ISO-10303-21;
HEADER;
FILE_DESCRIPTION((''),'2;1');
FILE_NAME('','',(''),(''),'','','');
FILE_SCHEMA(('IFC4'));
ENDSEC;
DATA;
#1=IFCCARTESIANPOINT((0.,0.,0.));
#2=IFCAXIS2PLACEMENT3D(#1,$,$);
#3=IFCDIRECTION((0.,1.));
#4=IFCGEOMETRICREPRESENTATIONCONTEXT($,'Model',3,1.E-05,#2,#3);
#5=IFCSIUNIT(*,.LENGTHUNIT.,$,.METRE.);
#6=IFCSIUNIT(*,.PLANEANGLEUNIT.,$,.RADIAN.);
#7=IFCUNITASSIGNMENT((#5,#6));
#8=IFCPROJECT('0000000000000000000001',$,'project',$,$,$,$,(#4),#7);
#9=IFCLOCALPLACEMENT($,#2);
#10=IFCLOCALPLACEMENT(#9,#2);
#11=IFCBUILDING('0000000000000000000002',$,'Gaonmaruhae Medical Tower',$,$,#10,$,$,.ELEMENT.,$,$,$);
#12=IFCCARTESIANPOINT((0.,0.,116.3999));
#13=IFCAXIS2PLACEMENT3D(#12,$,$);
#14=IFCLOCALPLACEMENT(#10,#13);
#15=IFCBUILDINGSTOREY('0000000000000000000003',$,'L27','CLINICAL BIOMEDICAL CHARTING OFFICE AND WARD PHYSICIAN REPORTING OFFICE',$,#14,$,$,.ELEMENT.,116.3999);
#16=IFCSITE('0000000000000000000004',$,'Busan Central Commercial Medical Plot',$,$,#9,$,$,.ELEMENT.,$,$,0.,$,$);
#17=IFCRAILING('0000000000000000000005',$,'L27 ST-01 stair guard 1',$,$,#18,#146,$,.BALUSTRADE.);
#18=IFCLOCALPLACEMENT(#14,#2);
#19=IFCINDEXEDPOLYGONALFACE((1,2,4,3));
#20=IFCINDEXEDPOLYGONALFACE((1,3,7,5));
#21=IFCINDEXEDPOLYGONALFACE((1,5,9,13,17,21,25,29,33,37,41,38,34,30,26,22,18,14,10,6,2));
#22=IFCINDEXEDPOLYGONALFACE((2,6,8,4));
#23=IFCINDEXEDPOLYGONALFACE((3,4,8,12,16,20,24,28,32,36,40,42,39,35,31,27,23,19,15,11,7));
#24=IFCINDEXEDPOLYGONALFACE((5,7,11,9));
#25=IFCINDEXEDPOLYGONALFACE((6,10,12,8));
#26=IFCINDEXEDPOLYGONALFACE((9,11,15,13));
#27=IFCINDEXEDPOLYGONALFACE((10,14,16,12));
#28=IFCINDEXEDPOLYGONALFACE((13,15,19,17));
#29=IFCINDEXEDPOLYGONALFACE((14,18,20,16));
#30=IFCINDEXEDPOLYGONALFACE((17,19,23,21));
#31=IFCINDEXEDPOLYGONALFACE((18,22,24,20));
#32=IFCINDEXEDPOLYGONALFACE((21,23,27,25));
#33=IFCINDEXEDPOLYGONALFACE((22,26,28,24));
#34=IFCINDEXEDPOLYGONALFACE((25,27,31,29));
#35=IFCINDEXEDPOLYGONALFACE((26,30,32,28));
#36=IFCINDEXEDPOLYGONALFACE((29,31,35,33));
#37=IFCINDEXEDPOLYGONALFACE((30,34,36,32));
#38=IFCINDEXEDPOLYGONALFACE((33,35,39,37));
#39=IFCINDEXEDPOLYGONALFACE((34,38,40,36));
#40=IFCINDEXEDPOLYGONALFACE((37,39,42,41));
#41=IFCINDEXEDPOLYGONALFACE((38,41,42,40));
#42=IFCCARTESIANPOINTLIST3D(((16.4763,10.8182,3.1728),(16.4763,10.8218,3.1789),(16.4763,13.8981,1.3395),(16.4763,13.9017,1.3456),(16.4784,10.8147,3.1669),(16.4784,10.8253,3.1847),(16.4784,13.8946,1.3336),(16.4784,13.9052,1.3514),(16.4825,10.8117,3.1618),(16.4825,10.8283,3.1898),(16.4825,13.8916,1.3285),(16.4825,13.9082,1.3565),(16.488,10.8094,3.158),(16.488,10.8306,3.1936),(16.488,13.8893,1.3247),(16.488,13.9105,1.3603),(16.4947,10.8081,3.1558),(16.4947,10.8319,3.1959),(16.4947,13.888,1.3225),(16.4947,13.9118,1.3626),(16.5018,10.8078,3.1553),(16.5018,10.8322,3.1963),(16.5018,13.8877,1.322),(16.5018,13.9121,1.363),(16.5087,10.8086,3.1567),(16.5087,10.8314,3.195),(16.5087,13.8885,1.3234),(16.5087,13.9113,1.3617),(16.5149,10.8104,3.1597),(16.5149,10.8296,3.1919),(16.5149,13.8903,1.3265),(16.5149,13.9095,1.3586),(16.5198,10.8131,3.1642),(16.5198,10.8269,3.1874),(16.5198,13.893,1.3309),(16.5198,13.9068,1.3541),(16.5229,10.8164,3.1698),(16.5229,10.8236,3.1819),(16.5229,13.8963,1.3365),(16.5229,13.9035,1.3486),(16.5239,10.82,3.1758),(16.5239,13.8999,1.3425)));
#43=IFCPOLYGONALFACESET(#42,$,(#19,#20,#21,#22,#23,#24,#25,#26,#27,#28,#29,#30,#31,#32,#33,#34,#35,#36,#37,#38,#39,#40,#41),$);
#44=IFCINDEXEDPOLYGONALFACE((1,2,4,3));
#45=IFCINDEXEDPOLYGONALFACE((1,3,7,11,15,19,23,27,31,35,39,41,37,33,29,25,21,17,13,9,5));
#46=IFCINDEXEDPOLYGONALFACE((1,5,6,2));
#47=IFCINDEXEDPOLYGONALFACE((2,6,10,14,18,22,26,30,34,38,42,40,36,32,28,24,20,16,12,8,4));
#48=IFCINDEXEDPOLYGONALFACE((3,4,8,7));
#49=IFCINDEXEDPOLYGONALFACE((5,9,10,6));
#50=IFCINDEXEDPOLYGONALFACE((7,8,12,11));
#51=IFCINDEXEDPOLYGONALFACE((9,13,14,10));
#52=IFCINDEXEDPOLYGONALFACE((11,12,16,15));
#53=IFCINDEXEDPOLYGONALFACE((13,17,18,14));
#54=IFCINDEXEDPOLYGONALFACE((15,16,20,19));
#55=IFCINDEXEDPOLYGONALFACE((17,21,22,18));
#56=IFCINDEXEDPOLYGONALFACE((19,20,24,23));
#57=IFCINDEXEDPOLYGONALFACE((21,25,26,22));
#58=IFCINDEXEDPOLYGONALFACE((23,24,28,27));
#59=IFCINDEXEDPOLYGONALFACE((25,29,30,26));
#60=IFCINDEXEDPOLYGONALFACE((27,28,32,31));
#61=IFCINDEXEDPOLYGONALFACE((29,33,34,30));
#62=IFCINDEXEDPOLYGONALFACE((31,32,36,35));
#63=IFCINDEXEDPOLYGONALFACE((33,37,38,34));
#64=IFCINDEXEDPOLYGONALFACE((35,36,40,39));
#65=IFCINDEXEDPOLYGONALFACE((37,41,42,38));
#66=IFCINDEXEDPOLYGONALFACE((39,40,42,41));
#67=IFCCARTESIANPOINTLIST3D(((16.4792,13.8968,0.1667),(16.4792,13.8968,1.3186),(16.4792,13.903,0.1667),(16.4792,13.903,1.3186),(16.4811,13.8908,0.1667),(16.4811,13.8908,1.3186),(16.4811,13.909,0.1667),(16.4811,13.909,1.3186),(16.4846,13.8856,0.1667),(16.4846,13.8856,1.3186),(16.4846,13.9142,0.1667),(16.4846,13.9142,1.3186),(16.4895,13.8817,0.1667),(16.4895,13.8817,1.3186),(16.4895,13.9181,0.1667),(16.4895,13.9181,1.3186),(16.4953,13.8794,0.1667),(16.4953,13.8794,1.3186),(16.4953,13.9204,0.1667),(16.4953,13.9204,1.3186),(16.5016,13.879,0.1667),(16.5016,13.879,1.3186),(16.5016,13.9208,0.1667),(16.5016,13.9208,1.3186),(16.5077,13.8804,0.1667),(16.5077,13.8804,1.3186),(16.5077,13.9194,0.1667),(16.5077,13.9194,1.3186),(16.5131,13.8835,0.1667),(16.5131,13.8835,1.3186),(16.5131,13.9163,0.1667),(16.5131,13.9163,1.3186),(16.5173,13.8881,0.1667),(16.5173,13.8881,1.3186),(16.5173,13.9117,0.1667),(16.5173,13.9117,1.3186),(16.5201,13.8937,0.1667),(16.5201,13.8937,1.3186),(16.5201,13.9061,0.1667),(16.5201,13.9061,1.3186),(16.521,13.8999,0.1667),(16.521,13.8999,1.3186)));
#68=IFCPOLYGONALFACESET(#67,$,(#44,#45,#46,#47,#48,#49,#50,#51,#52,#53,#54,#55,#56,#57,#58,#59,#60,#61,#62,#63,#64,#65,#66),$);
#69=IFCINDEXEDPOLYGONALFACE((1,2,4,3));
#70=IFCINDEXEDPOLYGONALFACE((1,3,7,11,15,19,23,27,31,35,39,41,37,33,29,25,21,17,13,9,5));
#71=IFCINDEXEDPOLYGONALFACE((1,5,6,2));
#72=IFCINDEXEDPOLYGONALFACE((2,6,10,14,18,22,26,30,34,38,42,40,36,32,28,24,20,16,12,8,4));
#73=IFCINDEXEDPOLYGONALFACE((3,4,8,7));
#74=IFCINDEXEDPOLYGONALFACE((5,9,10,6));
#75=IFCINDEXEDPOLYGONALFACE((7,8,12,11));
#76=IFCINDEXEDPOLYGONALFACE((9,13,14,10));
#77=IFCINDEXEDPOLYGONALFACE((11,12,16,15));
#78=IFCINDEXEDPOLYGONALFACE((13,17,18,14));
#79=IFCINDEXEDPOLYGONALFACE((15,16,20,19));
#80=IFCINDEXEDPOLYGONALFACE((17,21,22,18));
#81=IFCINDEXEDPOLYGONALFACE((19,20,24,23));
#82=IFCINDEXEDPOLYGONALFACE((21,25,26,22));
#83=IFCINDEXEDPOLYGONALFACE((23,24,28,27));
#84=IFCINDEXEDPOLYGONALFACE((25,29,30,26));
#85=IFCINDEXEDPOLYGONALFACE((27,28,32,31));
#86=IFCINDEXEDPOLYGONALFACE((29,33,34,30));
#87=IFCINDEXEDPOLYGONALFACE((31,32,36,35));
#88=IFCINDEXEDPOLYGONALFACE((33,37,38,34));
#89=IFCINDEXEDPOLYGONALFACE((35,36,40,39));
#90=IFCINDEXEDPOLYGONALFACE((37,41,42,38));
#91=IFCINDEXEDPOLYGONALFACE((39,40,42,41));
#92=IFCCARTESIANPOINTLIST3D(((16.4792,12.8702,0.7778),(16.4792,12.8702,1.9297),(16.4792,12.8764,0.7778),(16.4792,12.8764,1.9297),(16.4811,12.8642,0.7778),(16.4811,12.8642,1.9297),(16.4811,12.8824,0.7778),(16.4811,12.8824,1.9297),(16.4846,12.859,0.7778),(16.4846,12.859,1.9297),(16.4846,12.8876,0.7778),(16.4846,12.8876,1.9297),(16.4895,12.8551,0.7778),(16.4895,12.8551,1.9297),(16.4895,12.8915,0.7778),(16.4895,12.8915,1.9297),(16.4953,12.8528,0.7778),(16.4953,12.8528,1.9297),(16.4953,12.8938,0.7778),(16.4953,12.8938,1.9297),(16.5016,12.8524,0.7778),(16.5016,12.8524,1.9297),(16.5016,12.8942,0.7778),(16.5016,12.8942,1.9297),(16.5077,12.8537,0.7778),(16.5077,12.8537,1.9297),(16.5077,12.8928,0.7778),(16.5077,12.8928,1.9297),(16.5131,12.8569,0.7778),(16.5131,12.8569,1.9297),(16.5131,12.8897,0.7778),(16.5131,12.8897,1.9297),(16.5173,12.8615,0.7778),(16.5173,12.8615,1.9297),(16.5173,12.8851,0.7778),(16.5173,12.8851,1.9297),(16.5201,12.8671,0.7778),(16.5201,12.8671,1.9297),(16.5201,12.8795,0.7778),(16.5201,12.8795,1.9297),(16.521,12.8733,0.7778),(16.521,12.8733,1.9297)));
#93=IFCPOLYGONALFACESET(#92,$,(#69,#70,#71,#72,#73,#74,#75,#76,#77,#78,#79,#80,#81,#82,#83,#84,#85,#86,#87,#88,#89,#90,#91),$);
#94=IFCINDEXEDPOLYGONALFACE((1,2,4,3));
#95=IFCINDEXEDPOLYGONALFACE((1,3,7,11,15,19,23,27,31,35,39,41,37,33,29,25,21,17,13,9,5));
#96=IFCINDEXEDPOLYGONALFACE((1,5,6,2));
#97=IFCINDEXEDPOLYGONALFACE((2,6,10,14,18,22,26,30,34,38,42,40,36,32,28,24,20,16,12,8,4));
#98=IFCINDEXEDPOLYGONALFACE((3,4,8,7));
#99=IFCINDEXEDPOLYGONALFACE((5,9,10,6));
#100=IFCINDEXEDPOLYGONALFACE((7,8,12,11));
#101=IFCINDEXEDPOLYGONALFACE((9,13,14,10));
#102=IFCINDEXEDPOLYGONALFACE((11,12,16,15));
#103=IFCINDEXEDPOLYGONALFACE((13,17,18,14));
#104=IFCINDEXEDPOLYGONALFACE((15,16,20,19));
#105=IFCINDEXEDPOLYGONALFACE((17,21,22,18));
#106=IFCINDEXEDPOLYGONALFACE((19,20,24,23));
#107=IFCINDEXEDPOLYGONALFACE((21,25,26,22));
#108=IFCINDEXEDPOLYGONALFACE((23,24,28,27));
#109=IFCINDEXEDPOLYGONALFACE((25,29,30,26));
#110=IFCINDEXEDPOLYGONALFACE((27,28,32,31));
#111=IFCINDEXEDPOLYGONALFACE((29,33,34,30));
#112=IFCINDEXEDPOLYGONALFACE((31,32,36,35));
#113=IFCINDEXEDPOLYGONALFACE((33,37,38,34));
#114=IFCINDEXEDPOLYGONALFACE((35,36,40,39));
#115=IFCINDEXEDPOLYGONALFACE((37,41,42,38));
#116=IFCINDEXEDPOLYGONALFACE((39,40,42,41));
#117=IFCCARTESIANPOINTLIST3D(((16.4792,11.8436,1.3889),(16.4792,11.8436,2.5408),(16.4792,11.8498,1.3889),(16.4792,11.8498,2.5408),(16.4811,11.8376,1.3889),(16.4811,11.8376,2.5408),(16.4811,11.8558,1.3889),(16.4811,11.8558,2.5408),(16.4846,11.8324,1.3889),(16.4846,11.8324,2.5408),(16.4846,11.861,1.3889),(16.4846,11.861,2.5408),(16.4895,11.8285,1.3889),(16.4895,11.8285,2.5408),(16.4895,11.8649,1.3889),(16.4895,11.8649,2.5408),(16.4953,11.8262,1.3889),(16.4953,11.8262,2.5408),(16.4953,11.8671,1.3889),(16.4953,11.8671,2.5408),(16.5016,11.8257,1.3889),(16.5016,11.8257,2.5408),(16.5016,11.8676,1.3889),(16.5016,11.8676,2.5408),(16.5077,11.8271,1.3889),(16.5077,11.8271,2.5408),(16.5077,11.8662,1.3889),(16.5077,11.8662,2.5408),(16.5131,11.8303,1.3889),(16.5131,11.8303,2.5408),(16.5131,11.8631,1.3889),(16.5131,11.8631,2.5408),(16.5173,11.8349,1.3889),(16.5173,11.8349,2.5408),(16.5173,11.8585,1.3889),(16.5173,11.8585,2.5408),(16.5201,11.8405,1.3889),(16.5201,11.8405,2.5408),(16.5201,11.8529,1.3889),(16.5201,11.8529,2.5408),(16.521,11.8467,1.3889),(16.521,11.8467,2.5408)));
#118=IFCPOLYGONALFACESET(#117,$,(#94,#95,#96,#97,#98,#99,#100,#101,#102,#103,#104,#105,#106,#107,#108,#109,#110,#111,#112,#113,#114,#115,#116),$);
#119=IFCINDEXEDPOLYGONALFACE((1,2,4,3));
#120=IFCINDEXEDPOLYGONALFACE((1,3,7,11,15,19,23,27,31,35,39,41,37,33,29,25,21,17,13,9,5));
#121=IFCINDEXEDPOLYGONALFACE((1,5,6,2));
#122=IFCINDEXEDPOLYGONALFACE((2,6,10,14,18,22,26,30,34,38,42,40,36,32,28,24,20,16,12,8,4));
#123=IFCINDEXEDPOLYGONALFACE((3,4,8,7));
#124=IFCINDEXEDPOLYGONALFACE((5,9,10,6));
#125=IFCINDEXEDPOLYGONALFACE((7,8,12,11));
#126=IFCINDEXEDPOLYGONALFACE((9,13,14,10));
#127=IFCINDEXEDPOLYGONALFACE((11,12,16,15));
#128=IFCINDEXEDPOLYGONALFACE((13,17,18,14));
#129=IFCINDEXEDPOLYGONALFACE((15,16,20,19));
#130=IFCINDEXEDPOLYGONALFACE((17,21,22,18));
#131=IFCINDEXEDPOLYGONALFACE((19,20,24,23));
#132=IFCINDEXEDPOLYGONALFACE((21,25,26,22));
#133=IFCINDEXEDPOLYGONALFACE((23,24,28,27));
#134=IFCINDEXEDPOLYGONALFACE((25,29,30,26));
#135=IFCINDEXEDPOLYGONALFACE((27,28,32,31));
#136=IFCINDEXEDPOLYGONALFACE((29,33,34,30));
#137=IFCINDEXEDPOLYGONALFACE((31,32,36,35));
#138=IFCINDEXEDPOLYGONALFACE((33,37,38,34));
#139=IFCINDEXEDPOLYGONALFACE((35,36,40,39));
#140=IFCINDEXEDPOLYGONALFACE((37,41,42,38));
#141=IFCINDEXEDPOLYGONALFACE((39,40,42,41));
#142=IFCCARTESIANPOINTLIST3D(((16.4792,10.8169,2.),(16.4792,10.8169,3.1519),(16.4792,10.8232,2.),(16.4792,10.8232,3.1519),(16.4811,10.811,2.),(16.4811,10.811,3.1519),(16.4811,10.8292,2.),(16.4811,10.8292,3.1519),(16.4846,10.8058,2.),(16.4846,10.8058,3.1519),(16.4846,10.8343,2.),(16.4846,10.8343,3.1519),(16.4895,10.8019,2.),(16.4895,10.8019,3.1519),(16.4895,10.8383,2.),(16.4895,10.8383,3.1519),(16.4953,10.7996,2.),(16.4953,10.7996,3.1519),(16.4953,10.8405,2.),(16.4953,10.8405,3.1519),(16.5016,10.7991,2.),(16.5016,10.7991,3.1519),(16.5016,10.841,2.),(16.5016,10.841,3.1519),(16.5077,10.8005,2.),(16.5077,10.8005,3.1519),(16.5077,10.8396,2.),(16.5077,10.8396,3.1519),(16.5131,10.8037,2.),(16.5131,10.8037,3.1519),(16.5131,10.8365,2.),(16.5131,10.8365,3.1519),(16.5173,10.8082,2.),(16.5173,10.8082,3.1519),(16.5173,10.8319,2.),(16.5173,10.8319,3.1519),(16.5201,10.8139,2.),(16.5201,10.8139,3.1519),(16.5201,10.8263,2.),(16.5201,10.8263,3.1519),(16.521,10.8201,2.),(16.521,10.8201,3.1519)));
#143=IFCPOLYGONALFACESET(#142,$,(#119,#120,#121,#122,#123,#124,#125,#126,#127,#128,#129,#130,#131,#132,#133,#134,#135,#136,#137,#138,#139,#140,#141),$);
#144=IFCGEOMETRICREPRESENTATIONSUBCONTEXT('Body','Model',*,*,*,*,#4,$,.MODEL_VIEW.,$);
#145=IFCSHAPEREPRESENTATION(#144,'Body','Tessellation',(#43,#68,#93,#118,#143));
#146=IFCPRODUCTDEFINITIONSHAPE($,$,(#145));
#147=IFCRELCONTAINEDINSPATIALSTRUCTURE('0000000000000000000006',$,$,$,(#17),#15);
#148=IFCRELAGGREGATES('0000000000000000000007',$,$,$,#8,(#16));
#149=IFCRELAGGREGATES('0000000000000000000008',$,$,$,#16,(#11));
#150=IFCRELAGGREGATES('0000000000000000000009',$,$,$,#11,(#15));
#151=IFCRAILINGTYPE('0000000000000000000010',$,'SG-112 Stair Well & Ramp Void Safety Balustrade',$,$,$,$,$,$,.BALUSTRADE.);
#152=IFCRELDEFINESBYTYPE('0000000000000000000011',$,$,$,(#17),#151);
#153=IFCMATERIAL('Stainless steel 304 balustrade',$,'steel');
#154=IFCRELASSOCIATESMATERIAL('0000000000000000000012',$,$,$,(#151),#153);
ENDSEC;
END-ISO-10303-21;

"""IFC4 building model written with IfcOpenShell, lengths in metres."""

from ifc_helpers import new_model, si_unit, direction, frame, origin, origin_2d, place, context, subcontext, project, spatial, circle, extrude, material, type_object, element, save


model = new_model("IFC4")

# Units and contexts
model_context = context("Model", 3, precision=1e-05, world=origin(), true_north=direction((0.0, 1.0)))
body_context = subcontext(model_context, "Body", "Model", "MODEL_VIEW")
ifc_project = project(units=[si_unit("LENGTHUNIT", "METRE"), si_unit("PLANEANGLEUNIT", "RADIAN")], contexts=[model_context])

# Site, building, storey
site_placement = place(None, origin())
site = spatial("IfcSite", under=ifc_project, at=site_placement, Name="Busan Central Commercial Medical Plot", CompositionType="ELEMENT", RefElevation=0.0)
building_placement = place(site_placement, origin())
building = spatial("IfcBuilding", under=site, at=building_placement, Name="Gaonmaruhae Medical Tower", CompositionType="ELEMENT")
storey_placement = place(building_placement, frame((0.0, 0.0, 116.3999)))
storey = spatial("IfcBuildingStorey", under=building, at=storey_placement, Name="L27", Description="CLINICAL BIOMEDICAL CHARTING OFFICE AND WARD PHYSICIAN REPORTING OFFICE", CompositionType="ELEMENT", Elevation=116.3999)

# Railing
ifc_material_1 = material(Name="Stainless steel 304 balustrade", Category="steel")
railing_type_1 = type_object("IfcRailingType", Name="SG-112 Stair Well & Ramp Void Safety Balustrade", PredefinedType="BALUSTRADE", material=ifc_material_1)
railing_1_placement = place(storey_placement, frame((16.5, 13.8999, 0.1667)))
element("IfcRailing", 1, at=railing_1_placement, inside=storey, type_object=railing_type_1, Name="L27 ST-01 stair guard 1", PredefinedType="BALUSTRADE", context=body_context, shape_type="SweptSolid", body=[
    extrude(circle(Radius=0.0239, at=origin_2d()), frame((0.0, 0.0, 1.1758), z_axis=(0.0, -0.859291, 0.511487), x_axis=(1.0, 0.0, 0.0)), (0.0, 0.0, 1.0), 3.5842),
    extrude(circle(Radius=0.021, at=origin_2d()), origin(), (0.0, 0.0, 1.0), 1.1519),
    extrude(circle(Radius=0.021, at=origin_2d()), frame((0.0, -1.0266, 0.6111)), (0.0, 0.0, 1.0), 1.1519),
    extrude(circle(Radius=0.021, at=origin_2d()), frame((0.0, -2.0532, 1.2222)), (0.0, 0.0, 1.0), 1.1519),
    extrude(circle(Radius=0.021, at=origin_2d()), frame((0.0, -3.0798, 1.8333)), (0.0, 0.0, 1.0), 1.1519),
])

save(model, "model.ifc")
